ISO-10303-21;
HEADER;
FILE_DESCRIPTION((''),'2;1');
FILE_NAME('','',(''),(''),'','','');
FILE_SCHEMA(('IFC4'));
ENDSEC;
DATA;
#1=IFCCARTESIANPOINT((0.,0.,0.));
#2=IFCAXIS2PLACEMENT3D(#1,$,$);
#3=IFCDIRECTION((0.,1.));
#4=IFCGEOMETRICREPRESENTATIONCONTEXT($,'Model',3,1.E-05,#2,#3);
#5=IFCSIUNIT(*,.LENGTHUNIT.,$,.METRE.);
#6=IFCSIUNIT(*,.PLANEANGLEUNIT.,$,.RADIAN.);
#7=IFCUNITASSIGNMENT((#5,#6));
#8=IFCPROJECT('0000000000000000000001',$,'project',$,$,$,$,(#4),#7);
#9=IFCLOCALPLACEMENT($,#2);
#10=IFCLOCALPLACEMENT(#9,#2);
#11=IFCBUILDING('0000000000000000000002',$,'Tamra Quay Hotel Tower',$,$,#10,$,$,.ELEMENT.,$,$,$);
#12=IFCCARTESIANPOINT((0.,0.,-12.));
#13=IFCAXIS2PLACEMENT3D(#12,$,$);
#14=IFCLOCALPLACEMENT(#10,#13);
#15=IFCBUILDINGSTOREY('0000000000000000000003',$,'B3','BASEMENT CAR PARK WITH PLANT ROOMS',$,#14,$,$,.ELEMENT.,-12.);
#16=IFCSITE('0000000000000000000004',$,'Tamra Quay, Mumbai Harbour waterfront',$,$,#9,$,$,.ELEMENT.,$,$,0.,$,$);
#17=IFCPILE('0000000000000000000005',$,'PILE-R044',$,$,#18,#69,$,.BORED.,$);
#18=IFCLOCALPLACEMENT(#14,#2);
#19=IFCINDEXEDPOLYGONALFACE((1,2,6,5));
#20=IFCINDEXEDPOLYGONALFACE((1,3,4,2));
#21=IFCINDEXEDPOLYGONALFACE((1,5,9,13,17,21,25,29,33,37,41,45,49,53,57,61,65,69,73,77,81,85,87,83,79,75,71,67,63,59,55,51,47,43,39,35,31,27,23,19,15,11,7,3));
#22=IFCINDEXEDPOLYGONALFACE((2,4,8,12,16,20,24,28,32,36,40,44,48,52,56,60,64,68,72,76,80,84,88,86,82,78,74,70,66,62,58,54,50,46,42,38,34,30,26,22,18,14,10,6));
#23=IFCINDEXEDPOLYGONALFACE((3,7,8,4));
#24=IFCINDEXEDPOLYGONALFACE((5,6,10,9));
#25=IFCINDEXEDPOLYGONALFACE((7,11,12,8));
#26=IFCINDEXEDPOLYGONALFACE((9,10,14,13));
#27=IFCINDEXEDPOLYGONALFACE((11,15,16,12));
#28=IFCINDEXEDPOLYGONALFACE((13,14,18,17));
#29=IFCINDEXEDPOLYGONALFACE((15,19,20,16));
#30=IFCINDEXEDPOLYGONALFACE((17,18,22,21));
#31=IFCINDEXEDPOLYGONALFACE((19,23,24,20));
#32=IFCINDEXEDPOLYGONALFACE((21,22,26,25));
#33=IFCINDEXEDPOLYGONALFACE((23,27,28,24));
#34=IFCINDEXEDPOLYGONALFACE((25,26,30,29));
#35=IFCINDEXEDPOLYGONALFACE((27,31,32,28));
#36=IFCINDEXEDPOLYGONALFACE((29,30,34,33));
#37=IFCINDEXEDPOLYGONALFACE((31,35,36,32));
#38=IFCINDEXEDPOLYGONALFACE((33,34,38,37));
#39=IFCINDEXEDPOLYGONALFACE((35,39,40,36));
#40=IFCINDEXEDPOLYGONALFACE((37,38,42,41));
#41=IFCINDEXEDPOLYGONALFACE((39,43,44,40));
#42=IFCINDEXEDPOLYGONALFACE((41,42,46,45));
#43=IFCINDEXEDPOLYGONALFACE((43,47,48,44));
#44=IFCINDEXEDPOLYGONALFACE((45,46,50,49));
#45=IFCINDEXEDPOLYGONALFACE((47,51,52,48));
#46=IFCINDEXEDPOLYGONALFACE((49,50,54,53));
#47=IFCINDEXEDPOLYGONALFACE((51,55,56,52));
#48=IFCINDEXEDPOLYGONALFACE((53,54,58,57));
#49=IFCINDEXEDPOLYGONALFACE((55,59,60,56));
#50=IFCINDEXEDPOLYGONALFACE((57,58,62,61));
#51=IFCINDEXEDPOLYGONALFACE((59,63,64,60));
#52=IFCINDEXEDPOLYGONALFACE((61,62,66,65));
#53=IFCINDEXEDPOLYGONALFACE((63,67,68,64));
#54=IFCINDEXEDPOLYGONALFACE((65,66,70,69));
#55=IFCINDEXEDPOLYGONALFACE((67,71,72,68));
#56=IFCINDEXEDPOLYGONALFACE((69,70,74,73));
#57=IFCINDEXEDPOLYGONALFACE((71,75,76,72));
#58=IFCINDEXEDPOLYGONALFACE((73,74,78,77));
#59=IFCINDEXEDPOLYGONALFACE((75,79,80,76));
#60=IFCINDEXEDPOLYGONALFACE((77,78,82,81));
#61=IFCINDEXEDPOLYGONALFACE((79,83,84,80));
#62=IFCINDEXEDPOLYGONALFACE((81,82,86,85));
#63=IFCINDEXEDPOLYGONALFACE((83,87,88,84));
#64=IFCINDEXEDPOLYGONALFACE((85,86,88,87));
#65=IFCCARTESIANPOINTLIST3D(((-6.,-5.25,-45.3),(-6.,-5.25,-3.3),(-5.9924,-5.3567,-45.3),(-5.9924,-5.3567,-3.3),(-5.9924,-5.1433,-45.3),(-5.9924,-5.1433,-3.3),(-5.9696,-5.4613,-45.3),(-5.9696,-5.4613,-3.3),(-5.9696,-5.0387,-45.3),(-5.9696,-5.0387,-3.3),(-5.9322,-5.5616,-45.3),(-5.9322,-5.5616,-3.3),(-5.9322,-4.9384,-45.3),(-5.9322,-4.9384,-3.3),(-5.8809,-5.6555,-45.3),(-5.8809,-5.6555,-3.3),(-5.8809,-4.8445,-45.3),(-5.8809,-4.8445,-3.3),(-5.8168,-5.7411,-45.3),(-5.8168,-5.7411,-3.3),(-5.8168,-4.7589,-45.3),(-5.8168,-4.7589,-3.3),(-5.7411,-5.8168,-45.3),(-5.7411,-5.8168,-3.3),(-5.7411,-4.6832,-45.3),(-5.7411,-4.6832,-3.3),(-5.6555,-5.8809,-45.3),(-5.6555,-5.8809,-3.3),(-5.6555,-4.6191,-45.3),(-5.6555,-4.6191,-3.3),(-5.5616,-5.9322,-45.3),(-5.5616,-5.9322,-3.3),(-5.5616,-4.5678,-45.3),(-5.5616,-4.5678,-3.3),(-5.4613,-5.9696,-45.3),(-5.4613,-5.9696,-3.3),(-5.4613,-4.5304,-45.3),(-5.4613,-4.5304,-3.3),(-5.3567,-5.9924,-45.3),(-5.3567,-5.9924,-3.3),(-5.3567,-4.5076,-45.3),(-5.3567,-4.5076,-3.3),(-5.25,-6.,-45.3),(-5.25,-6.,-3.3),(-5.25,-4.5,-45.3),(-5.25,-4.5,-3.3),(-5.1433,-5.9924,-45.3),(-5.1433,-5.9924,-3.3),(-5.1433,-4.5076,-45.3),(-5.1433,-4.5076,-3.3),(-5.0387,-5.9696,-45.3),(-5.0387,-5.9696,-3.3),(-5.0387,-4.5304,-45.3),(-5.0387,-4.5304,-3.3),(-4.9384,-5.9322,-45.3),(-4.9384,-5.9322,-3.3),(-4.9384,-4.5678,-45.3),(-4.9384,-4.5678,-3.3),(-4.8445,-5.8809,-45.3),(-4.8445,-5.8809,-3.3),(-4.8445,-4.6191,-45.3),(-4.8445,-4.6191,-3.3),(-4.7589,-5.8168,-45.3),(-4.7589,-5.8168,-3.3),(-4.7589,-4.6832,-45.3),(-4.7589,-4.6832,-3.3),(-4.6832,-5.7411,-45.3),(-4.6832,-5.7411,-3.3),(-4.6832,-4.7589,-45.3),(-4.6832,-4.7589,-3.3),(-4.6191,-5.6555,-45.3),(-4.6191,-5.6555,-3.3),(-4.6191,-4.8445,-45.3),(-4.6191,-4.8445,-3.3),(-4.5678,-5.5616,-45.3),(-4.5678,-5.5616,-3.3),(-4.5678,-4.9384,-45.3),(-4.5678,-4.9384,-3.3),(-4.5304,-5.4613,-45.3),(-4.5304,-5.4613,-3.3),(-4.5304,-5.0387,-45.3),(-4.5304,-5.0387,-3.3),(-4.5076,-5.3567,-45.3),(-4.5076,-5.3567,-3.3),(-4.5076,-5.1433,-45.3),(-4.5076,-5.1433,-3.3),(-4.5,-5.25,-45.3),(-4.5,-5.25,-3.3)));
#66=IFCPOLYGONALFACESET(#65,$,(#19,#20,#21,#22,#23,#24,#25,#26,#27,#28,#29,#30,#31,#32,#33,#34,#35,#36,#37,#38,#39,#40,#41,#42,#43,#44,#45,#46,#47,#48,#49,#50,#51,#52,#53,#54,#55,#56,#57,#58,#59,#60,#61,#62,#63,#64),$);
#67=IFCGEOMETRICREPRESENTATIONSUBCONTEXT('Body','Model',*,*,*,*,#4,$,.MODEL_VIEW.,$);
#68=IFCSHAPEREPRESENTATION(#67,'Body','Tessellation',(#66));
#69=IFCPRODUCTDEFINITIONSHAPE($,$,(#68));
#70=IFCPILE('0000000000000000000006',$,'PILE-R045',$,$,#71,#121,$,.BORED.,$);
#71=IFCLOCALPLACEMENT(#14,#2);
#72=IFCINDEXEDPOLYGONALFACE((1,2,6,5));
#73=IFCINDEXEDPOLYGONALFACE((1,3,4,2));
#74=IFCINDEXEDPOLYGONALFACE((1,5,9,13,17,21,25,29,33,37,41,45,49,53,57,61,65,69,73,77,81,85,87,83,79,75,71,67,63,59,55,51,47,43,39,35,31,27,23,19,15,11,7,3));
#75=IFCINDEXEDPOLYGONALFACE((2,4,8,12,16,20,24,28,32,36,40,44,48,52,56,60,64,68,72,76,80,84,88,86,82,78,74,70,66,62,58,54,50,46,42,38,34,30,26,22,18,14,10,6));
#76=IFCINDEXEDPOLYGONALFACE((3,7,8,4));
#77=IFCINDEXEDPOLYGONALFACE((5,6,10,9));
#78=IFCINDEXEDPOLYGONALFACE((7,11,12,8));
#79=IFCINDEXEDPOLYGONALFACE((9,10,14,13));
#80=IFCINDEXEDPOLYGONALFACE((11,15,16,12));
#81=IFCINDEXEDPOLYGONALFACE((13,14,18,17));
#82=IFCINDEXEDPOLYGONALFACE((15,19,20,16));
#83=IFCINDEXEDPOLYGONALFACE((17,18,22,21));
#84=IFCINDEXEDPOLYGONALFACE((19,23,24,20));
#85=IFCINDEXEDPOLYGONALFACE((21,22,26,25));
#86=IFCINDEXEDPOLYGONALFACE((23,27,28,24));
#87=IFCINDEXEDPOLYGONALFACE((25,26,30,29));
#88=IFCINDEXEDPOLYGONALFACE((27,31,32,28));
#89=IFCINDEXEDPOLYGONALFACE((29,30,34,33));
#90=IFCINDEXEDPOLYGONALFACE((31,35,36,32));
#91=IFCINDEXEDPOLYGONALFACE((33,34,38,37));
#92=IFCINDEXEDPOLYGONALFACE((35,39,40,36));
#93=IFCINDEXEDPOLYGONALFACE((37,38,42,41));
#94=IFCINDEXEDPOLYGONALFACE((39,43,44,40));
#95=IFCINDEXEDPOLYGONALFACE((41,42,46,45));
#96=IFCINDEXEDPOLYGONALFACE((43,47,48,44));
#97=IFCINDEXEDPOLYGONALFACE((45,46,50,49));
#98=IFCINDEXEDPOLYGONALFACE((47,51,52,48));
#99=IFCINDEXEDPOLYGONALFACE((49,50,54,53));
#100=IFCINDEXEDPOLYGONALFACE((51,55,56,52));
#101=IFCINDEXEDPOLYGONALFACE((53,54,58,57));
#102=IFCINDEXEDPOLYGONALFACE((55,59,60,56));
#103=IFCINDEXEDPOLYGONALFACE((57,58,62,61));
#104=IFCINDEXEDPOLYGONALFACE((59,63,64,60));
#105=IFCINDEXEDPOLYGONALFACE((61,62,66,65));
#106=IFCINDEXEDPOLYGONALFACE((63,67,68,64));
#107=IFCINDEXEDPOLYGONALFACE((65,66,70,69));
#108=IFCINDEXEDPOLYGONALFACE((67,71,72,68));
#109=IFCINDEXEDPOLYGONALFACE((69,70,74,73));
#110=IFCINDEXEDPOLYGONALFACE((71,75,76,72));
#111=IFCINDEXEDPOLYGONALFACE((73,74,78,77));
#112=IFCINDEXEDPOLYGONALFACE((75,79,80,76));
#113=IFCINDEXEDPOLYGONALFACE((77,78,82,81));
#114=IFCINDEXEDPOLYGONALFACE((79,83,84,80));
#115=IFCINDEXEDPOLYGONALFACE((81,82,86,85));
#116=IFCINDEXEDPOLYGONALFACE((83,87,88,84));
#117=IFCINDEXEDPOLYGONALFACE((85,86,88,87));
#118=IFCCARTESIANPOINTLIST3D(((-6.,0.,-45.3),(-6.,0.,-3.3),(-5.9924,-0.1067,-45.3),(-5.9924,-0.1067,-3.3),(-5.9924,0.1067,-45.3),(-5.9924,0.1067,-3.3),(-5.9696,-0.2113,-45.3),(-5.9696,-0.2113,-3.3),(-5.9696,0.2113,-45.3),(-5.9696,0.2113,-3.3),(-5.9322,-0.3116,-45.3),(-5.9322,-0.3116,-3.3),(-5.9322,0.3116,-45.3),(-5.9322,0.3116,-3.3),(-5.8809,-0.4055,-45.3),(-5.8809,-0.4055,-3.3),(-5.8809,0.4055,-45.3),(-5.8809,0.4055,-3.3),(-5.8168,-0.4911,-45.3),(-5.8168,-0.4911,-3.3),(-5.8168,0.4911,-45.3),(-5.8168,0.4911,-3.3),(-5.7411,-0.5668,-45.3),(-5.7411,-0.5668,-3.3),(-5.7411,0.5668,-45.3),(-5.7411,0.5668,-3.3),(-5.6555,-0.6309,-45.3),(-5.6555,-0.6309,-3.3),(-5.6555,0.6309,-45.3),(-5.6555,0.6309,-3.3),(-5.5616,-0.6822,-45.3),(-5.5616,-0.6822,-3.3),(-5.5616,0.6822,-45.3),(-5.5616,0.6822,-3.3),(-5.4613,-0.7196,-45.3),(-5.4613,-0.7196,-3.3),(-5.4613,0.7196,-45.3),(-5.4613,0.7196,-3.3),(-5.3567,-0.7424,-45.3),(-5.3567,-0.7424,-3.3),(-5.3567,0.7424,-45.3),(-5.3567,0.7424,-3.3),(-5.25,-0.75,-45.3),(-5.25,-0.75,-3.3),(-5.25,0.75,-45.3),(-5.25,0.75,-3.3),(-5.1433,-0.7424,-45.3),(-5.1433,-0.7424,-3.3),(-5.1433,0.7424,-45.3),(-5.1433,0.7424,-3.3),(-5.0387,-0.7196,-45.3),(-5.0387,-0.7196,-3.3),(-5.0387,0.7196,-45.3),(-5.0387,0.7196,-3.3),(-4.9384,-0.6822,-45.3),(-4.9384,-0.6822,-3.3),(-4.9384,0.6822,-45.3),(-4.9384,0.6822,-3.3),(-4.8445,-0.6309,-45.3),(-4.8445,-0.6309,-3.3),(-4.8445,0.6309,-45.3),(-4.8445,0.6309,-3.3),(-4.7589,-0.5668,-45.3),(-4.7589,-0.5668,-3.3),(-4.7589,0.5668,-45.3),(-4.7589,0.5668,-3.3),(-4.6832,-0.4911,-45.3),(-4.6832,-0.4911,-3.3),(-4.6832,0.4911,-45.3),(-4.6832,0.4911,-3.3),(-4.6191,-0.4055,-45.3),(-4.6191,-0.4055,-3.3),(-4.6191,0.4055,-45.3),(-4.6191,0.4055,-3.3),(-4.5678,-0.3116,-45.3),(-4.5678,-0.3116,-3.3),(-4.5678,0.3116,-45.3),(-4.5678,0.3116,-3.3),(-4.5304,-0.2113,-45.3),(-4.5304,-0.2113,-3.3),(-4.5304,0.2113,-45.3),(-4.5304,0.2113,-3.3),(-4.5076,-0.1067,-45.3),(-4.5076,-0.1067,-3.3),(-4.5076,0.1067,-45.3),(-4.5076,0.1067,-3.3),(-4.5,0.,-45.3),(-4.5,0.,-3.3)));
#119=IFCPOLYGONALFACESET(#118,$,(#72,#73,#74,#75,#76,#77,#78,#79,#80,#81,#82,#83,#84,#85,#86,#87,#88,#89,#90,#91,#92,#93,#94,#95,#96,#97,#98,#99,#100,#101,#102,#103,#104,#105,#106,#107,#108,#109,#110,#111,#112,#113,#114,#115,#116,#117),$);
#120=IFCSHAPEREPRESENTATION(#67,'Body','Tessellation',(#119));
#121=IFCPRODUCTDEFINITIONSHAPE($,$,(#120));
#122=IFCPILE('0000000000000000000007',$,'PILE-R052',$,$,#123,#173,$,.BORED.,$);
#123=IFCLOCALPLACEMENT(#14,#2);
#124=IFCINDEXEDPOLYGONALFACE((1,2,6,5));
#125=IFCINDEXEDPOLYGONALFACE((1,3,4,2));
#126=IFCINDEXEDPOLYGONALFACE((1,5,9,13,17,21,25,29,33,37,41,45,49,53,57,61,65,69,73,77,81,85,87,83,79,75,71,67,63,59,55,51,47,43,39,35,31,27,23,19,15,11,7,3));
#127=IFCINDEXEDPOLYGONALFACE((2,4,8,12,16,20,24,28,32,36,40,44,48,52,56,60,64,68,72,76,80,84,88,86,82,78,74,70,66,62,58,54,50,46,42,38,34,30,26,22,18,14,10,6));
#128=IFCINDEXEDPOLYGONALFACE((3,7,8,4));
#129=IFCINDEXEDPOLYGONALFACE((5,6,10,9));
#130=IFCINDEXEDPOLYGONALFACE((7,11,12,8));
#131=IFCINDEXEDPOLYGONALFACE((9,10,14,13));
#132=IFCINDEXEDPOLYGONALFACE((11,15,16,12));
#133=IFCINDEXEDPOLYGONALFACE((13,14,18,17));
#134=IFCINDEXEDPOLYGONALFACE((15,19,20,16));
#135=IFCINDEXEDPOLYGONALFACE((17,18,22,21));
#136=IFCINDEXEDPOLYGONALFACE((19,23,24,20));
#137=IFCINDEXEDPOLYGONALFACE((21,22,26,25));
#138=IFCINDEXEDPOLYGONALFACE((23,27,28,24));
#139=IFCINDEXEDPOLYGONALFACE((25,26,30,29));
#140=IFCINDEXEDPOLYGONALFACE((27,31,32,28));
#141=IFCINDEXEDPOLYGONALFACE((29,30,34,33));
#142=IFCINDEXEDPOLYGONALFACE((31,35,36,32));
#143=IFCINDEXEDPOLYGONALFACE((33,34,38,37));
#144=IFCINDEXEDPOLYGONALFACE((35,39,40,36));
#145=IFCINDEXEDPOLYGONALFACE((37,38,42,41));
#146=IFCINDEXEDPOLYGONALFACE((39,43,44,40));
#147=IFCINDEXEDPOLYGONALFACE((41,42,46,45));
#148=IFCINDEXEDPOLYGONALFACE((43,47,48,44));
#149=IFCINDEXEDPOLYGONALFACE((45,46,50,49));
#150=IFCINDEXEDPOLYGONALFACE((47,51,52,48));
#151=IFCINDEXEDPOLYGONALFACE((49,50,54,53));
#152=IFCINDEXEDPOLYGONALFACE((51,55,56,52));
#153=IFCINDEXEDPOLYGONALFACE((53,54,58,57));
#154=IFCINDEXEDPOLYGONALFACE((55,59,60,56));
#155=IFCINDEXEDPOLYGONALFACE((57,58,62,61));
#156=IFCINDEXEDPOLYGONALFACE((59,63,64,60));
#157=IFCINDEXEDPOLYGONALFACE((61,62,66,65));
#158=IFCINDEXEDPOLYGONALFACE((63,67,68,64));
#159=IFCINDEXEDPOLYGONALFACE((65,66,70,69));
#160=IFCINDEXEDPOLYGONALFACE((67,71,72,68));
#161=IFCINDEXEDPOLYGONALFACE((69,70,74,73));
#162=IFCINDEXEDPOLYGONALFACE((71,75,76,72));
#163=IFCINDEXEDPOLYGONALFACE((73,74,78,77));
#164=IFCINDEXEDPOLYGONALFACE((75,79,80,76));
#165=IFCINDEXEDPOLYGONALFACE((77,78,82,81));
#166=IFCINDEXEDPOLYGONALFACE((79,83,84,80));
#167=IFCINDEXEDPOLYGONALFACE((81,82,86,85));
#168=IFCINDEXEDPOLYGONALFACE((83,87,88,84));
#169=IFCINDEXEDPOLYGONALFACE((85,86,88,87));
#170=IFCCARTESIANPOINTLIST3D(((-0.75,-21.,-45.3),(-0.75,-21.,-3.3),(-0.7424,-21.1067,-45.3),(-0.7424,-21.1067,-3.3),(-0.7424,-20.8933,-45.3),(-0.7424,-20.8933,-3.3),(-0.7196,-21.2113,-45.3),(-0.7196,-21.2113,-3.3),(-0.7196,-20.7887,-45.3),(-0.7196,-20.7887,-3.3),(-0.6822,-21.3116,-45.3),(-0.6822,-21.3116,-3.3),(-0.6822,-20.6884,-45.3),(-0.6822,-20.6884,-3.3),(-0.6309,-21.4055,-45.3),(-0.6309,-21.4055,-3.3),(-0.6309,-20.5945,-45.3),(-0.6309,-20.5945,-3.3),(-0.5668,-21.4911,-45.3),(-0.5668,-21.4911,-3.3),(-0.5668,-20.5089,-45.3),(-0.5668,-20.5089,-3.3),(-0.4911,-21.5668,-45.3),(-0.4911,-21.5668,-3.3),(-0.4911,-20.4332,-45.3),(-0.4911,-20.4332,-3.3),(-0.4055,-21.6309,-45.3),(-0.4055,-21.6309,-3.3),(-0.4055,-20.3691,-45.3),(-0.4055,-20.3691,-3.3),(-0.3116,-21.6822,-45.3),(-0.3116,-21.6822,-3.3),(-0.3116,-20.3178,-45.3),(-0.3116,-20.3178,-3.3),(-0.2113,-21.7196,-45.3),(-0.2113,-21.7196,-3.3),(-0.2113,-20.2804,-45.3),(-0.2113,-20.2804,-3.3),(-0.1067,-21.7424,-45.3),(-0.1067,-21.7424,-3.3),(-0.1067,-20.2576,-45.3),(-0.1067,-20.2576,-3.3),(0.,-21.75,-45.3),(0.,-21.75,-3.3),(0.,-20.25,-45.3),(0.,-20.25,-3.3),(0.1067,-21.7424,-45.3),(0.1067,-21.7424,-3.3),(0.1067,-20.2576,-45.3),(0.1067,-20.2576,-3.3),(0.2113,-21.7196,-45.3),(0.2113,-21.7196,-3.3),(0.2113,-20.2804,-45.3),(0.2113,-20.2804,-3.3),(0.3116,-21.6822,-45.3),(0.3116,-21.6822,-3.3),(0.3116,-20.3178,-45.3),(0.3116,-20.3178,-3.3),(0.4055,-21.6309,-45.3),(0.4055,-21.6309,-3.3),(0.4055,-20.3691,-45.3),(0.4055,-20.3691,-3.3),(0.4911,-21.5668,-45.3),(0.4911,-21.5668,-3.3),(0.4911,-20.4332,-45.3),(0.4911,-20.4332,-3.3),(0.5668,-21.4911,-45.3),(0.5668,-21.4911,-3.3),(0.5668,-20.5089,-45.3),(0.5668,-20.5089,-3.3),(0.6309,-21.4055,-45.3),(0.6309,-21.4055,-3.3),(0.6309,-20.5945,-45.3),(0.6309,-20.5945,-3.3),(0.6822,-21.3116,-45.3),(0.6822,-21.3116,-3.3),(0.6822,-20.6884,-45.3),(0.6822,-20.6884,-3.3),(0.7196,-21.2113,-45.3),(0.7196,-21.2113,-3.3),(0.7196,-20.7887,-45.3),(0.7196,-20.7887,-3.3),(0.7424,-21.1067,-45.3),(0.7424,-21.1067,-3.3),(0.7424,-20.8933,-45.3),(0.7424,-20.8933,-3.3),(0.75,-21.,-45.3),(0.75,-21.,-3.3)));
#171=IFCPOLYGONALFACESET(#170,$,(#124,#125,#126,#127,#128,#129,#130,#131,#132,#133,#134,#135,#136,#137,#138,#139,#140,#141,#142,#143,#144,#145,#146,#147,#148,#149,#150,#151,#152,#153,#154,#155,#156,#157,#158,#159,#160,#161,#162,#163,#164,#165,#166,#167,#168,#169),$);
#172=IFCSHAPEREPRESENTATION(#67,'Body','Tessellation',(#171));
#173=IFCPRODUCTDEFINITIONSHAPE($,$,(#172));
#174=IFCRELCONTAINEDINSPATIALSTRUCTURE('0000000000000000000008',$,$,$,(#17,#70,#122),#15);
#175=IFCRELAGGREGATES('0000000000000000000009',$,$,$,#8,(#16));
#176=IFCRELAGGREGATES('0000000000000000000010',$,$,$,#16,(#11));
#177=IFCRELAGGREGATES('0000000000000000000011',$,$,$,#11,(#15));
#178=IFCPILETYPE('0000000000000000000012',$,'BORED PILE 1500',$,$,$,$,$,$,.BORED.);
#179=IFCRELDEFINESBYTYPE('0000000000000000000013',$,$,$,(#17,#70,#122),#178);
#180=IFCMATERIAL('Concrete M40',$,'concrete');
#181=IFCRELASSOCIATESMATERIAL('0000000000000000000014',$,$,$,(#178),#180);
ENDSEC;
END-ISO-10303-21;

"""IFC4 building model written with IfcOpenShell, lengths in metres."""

from ifc_helpers import new_model, si_unit, direction, frame, origin, origin_2d, place, context, subcontext, project, spatial, circle, extrude, material, material_profile, profile_set, type_object, element, save


model = new_model("IFC4")

# Units and contexts
model_context = context("Model", 3, precision=1e-05, world=origin(), true_north=direction((0.0, 1.0)))
body_context = subcontext(model_context, "Body", "Model", "MODEL_VIEW")
ifc_project = project(units=[si_unit("LENGTHUNIT", "METRE"), si_unit("PLANEANGLEUNIT", "RADIAN")], contexts=[model_context])

# Site, building, storey
site_placement = place(None, origin())
site = spatial("IfcSite", under=ifc_project, at=site_placement, Name="Tamra Quay, Mumbai Harbour waterfront", CompositionType="ELEMENT", RefElevation=0.0)
building_placement = place(site_placement, origin())
building = spatial("IfcBuilding", under=site, at=building_placement, Name="Tamra Quay Hotel Tower", CompositionType="ELEMENT")
storey_placement = place(building_placement, frame((0.0, 0.0, -12.0)))
storey = spatial("IfcBuildingStorey", under=building, at=storey_placement, Name="B3", Description="BASEMENT CAR PARK WITH PLANT ROOMS", CompositionType="ELEMENT", Elevation=-12.0)

# Piles
ifc_material_1 = material(Name="Concrete M40", Category="concrete")
ifc_material_profile_1 = material_profile(ifc_material_1, circle(Radius=0.75, at=origin_2d()), Name="BORED PILE 1500")
ifc_profile_set_1 = profile_set([ifc_material_profile_1], Name="Concrete M40")
pile_type = type_object("IfcPileType", Name="BORED PILE 1500", PredefinedType="BORED", material=ifc_profile_set_1)
for number, where, z_axis, x_axis, name in (
    (1, (-5.25, -5.25, -3.3), (0.0, 0.0, -1.0), (1.0, 0.0, 0.0), "PILE-R044"),
    (2, (-5.25, 0.0, -3.3), (0.0, 0.0, -1.0), (1.0, 0.0, 0.0), "PILE-R045"),
    (3, (0.0, -21.0, -3.3), (0.0, 0.0, -1.0), (1.0, 0.0, 0.0), "PILE-R052"),
):
    element("IfcPile", number, at=place(storey_placement, frame(where, z_axis=z_axis, x_axis=x_axis)), inside=storey, type_object=pile_type, Name=name, PredefinedType="BORED", context=body_context, shape_type="SweptSolid", body=[
        extrude(circle(Radius=0.75, at=origin_2d()), origin(), (0.0, 0.0, 1.0), 42.0),
    ])

save(model, "model.ifc")
